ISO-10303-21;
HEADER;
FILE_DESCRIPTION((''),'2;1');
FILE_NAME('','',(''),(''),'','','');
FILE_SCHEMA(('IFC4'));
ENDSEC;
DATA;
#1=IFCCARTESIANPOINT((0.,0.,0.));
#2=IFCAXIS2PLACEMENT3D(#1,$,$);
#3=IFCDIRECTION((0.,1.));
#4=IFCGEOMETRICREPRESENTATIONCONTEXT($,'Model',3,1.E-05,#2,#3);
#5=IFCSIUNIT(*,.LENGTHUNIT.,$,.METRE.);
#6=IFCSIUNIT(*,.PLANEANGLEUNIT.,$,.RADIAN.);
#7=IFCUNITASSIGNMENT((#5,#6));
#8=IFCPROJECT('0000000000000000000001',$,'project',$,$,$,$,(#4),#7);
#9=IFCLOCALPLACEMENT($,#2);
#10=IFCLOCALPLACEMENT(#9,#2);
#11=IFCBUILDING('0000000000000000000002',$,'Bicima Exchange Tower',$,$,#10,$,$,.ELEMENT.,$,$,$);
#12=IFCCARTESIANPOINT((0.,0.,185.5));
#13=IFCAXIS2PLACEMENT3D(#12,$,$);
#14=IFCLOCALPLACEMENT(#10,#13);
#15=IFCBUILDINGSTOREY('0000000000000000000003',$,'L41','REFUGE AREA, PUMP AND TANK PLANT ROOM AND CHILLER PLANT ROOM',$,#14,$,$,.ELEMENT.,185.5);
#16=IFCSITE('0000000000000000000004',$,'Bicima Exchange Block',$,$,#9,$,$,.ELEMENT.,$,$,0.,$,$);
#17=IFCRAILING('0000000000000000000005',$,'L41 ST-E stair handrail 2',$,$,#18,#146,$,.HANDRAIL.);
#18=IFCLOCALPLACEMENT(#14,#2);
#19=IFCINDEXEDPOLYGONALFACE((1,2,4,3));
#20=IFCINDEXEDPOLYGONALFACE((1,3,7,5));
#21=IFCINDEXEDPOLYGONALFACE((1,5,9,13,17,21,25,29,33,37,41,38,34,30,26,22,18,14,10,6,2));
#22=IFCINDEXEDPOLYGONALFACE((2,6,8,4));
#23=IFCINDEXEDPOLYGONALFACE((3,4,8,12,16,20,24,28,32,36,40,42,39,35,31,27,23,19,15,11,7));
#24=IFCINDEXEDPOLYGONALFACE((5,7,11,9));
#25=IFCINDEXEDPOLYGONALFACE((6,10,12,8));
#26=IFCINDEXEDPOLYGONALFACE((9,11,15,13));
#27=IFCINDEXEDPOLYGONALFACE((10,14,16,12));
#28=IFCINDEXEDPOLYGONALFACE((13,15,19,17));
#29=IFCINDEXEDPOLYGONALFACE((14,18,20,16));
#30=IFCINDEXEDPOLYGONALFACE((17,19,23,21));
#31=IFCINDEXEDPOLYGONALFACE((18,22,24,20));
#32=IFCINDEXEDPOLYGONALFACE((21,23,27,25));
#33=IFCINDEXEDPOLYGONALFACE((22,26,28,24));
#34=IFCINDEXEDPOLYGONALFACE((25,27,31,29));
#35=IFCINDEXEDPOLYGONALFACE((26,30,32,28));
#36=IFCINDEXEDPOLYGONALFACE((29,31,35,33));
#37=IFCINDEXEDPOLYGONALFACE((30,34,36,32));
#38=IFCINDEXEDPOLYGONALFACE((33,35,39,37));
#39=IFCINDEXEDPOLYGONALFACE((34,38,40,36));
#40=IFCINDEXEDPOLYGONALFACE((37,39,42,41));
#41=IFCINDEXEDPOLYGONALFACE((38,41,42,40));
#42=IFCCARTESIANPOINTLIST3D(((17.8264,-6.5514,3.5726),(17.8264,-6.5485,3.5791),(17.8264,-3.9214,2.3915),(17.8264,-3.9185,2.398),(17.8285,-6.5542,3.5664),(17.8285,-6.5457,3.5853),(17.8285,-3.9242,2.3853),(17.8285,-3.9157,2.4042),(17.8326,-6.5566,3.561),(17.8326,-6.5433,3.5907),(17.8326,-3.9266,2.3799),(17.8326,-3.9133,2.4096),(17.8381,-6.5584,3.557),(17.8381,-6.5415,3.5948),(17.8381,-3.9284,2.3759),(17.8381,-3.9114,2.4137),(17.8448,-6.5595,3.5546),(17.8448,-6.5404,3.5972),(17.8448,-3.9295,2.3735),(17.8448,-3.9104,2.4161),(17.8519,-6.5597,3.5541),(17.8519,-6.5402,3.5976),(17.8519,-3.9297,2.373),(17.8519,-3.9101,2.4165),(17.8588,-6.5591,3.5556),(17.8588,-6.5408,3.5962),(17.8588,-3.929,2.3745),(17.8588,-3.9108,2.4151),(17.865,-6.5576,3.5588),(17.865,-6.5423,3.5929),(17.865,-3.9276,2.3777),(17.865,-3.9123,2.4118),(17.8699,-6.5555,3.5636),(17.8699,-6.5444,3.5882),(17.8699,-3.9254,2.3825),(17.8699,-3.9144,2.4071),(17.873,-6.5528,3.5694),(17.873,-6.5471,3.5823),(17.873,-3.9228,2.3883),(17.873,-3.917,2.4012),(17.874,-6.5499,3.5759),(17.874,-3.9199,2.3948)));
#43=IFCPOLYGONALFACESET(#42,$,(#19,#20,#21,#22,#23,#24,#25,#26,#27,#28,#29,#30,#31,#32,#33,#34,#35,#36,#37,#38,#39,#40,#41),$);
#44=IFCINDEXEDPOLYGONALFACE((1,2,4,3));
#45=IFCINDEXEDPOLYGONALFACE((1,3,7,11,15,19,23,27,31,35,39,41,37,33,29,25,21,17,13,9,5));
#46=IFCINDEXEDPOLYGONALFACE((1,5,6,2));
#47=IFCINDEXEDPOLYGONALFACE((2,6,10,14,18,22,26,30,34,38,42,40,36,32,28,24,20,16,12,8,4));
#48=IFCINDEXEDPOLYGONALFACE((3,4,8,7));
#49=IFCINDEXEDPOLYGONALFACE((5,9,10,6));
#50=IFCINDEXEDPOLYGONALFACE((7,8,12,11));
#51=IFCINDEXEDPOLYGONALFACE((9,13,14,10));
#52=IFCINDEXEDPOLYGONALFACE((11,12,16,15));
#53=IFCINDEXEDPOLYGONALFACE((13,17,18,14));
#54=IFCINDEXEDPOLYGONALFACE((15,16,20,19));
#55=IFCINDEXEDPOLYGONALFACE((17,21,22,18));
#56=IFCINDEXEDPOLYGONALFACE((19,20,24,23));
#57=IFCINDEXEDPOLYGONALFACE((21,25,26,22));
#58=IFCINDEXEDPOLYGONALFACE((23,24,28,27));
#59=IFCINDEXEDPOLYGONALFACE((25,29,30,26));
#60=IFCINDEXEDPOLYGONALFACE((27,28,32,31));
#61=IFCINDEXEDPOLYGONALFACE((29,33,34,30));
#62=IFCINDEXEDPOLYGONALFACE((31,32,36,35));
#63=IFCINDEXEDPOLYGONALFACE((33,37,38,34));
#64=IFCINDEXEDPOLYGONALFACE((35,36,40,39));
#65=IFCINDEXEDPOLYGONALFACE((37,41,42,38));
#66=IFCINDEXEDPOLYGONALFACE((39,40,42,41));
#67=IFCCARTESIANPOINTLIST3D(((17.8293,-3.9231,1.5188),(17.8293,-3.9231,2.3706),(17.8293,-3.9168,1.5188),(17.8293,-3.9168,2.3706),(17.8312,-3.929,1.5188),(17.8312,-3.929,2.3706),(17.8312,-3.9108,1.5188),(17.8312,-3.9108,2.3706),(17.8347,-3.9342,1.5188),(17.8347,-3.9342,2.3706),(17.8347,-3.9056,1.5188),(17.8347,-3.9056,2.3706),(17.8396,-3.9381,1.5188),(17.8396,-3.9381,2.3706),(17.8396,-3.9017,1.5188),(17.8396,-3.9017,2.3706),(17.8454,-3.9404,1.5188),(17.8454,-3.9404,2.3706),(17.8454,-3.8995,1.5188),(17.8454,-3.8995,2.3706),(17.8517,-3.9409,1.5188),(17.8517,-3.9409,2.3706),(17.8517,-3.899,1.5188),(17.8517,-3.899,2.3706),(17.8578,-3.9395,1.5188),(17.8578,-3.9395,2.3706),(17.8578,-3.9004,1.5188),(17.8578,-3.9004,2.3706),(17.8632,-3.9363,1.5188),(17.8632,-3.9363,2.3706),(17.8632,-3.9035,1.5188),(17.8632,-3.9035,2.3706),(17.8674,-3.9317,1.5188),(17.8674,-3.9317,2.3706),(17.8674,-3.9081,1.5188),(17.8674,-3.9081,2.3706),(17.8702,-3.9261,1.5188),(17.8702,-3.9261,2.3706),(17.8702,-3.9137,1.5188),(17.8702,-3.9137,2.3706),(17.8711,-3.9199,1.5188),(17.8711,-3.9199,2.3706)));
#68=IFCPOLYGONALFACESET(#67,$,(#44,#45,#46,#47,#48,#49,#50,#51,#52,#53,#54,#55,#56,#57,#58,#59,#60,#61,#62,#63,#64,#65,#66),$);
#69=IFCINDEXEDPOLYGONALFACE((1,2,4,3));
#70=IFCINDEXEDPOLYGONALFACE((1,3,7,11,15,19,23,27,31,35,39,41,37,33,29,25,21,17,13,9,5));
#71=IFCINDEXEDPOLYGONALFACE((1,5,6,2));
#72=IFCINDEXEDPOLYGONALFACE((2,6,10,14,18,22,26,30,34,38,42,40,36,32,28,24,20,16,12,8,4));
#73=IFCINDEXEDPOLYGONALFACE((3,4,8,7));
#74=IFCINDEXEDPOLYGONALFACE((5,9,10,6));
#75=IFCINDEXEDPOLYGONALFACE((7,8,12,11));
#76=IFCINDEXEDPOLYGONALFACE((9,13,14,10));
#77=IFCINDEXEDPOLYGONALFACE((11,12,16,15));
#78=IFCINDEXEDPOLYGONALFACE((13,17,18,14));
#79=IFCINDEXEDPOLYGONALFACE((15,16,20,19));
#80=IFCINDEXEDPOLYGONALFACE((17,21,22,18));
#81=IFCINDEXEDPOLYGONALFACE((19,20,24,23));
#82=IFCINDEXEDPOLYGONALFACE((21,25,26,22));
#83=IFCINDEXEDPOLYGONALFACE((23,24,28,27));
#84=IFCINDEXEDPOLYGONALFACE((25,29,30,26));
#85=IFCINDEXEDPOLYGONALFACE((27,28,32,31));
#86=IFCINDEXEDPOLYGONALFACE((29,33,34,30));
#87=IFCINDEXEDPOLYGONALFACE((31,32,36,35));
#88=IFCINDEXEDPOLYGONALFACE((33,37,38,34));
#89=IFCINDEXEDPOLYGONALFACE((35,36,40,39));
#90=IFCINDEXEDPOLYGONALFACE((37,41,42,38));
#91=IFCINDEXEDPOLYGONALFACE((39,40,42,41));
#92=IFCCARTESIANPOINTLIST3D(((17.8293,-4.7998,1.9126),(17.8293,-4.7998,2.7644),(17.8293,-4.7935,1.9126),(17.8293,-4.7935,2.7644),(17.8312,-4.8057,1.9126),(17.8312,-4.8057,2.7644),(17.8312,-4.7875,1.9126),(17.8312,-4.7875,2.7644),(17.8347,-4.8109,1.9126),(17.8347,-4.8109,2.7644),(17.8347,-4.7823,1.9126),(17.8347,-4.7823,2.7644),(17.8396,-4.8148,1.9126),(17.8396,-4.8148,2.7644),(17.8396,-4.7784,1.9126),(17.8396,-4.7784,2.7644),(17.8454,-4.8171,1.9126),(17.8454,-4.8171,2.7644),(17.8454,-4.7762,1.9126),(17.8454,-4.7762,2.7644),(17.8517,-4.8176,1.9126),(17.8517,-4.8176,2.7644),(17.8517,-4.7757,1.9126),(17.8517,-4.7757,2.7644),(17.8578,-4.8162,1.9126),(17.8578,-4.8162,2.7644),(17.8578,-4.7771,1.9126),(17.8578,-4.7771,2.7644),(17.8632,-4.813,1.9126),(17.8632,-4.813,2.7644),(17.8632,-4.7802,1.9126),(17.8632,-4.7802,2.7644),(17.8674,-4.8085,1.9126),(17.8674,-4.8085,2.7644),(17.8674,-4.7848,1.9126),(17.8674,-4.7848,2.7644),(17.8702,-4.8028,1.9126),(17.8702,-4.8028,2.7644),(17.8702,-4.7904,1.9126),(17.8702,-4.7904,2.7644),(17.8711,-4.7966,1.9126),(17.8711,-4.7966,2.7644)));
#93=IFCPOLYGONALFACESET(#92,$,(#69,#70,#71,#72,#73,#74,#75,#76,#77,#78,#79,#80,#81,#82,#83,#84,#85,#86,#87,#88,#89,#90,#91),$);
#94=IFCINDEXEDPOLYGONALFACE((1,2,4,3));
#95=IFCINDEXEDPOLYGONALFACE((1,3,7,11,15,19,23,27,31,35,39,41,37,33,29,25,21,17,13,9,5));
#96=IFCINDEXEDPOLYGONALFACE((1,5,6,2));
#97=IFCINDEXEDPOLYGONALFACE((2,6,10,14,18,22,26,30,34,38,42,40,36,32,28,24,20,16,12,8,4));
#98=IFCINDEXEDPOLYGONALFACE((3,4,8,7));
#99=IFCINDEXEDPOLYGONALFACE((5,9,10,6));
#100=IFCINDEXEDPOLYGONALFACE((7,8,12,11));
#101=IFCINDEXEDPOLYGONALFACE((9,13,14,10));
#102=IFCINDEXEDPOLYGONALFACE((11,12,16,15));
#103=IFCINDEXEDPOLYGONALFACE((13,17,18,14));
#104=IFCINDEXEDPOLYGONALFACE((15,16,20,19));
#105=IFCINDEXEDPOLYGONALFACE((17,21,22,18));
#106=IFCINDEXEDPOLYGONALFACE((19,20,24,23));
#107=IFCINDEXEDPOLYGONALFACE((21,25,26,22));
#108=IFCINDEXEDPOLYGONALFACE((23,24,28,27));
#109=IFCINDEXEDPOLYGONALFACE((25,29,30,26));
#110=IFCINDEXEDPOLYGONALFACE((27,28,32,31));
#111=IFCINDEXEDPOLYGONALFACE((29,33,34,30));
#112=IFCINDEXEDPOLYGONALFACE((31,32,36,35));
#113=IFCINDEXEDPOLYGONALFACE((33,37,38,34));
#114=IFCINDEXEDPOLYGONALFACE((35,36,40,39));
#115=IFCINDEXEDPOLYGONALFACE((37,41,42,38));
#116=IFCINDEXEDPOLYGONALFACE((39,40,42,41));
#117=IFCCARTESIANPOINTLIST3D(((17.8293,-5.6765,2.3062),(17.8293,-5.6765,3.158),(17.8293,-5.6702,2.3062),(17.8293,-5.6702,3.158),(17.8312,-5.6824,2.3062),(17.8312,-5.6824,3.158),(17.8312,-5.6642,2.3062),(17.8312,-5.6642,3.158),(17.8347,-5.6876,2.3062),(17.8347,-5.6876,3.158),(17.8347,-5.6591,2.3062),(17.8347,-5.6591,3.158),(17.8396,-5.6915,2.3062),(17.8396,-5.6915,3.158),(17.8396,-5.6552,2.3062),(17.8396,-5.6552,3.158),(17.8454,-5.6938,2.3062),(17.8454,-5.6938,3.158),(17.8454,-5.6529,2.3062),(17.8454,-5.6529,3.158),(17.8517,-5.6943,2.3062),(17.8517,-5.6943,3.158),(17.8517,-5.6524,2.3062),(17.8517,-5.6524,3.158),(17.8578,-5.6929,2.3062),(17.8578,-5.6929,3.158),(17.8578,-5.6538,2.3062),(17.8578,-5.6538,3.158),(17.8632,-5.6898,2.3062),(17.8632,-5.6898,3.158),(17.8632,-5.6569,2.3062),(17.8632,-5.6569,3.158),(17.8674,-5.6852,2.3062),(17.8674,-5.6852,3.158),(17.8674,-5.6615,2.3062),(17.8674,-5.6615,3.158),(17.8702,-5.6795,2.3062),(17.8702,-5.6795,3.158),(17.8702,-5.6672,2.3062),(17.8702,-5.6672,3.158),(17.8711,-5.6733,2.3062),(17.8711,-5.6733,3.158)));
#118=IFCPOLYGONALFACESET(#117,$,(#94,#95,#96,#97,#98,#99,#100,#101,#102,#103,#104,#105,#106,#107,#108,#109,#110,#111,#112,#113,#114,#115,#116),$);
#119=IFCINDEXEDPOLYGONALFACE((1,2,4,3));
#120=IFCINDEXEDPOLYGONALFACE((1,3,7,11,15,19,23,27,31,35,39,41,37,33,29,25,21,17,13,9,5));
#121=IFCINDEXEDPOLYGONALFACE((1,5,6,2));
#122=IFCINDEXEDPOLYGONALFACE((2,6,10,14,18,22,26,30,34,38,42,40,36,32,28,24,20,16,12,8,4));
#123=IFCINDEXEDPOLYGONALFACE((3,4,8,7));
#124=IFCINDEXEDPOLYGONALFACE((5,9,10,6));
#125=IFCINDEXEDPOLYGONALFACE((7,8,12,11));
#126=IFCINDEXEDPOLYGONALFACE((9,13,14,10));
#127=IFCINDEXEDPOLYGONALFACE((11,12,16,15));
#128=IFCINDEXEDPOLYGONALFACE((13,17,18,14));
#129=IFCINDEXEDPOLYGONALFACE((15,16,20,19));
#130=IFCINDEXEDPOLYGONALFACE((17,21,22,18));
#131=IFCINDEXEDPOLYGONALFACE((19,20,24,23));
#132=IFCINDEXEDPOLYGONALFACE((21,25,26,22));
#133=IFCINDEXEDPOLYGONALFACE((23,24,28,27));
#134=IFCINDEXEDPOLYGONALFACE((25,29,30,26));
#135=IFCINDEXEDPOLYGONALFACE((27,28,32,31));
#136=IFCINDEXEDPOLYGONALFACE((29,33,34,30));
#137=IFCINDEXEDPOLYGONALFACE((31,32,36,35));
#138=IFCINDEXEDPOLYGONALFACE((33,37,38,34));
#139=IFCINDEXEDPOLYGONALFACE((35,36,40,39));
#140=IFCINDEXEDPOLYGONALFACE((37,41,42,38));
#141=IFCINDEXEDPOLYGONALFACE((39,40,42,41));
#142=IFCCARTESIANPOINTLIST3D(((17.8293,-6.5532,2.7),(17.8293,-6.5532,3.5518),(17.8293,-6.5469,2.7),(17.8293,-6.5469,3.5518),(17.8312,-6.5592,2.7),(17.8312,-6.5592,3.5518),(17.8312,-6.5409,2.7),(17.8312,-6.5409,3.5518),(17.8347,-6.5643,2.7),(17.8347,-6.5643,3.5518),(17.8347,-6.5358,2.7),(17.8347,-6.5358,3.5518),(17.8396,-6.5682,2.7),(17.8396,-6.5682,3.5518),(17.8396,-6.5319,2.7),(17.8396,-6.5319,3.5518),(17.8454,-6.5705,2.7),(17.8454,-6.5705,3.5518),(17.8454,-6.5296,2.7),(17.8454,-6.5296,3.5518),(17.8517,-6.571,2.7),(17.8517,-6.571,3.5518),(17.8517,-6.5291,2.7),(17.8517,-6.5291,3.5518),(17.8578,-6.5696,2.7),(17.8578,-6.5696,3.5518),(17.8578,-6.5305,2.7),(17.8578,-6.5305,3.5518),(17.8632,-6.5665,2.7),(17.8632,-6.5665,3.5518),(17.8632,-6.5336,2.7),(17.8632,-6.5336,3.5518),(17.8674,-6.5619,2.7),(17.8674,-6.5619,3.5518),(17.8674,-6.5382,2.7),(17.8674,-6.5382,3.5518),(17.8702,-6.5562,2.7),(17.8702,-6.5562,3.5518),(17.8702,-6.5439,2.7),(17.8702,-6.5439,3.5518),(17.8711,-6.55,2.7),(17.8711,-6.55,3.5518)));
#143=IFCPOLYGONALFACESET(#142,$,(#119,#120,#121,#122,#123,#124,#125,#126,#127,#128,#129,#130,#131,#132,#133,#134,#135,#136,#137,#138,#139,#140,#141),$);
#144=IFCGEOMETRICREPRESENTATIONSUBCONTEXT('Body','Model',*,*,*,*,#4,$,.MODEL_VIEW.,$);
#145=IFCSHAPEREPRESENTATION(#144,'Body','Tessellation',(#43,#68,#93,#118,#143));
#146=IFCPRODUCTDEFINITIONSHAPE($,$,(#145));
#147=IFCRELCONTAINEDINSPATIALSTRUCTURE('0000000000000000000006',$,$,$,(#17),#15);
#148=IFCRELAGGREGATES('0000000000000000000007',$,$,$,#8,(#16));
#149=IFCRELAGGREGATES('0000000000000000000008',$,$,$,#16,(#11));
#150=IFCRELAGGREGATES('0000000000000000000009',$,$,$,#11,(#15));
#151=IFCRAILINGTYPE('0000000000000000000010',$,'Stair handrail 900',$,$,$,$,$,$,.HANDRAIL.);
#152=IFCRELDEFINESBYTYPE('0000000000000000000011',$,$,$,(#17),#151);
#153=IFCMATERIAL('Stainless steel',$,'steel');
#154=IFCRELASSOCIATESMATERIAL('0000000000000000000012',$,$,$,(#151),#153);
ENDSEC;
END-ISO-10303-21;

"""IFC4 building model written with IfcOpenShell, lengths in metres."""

from ifc_helpers import new_model, si_unit, direction, frame, origin, origin_2d, place, context, subcontext, project, spatial, circle, extrude, material, type_object, element, save


model = new_model("IFC4")

# Units and contexts
model_context = context("Model", 3, precision=1e-05, world=origin(), true_north=direction((0.0, 1.0)))
body_context = subcontext(model_context, "Body", "Model", "MODEL_VIEW")
ifc_project = project(units=[si_unit("LENGTHUNIT", "METRE"), si_unit("PLANEANGLEUNIT", "RADIAN")], contexts=[model_context])

# Site, building, storey
site_placement = place(None, origin())
site = spatial("IfcSite", under=ifc_project, at=site_placement, Name="Bicima Exchange Block", CompositionType="ELEMENT", RefElevation=0.0)
building_placement = place(site_placement, origin())
building = spatial("IfcBuilding", under=site, at=building_placement, Name="Bicima Exchange Tower", CompositionType="ELEMENT")
storey_placement = place(building_placement, frame((0.0, 0.0, 185.5)))
storey = spatial("IfcBuildingStorey", under=building, at=storey_placement, Name="L41", Description="REFUGE AREA, PUMP AND TANK PLANT ROOM AND CHILLER PLANT ROOM", CompositionType="ELEMENT", Elevation=185.5)

# Railing
ifc_material_1 = material(Name="Stainless steel", Category="steel")
railing_type_1 = type_object("IfcRailingType", Name="Stair handrail 900", PredefinedType="HANDRAIL", material=ifc_material_1)
railing_1_placement = place(storey_placement, frame((17.8501, -3.9199, 1.5188)))
element("IfcRailing", 1, at=railing_1_placement, inside=storey, type_object=railing_type_1, Name="L41 ST-E stair handrail 2", PredefinedType="HANDRAIL", context=body_context, shape_type="SweptSolid", body=[
    extrude(circle(Radius=0.0239, at=origin_2d()), frame((0.0, 0.0, 0.876), z_axis=(0.0, -0.912233, 0.409671), x_axis=(1.0, 0.0, 0.0)), (0.0, 0.0, 1.0), 2.8831),
    extrude(circle(Radius=0.021, at=origin_2d()), origin(), (0.0, 0.0, 1.0), 0.8518),
    extrude(circle(Radius=0.021, at=origin_2d()), frame((0.0, -0.8767, 0.3938)), (0.0, 0.0, 1.0), 0.8518),
    extrude(circle(Radius=0.021, at=origin_2d()), frame((0.0, -1.7534, 0.7874)), (0.0, 0.0, 1.0), 0.8518),
    extrude(circle(Radius=0.021, at=origin_2d()), frame((0.0, -2.6301, 1.1812)), (0.0, 0.0, 1.0), 0.8518),
])

save(model, "model.ifc")
